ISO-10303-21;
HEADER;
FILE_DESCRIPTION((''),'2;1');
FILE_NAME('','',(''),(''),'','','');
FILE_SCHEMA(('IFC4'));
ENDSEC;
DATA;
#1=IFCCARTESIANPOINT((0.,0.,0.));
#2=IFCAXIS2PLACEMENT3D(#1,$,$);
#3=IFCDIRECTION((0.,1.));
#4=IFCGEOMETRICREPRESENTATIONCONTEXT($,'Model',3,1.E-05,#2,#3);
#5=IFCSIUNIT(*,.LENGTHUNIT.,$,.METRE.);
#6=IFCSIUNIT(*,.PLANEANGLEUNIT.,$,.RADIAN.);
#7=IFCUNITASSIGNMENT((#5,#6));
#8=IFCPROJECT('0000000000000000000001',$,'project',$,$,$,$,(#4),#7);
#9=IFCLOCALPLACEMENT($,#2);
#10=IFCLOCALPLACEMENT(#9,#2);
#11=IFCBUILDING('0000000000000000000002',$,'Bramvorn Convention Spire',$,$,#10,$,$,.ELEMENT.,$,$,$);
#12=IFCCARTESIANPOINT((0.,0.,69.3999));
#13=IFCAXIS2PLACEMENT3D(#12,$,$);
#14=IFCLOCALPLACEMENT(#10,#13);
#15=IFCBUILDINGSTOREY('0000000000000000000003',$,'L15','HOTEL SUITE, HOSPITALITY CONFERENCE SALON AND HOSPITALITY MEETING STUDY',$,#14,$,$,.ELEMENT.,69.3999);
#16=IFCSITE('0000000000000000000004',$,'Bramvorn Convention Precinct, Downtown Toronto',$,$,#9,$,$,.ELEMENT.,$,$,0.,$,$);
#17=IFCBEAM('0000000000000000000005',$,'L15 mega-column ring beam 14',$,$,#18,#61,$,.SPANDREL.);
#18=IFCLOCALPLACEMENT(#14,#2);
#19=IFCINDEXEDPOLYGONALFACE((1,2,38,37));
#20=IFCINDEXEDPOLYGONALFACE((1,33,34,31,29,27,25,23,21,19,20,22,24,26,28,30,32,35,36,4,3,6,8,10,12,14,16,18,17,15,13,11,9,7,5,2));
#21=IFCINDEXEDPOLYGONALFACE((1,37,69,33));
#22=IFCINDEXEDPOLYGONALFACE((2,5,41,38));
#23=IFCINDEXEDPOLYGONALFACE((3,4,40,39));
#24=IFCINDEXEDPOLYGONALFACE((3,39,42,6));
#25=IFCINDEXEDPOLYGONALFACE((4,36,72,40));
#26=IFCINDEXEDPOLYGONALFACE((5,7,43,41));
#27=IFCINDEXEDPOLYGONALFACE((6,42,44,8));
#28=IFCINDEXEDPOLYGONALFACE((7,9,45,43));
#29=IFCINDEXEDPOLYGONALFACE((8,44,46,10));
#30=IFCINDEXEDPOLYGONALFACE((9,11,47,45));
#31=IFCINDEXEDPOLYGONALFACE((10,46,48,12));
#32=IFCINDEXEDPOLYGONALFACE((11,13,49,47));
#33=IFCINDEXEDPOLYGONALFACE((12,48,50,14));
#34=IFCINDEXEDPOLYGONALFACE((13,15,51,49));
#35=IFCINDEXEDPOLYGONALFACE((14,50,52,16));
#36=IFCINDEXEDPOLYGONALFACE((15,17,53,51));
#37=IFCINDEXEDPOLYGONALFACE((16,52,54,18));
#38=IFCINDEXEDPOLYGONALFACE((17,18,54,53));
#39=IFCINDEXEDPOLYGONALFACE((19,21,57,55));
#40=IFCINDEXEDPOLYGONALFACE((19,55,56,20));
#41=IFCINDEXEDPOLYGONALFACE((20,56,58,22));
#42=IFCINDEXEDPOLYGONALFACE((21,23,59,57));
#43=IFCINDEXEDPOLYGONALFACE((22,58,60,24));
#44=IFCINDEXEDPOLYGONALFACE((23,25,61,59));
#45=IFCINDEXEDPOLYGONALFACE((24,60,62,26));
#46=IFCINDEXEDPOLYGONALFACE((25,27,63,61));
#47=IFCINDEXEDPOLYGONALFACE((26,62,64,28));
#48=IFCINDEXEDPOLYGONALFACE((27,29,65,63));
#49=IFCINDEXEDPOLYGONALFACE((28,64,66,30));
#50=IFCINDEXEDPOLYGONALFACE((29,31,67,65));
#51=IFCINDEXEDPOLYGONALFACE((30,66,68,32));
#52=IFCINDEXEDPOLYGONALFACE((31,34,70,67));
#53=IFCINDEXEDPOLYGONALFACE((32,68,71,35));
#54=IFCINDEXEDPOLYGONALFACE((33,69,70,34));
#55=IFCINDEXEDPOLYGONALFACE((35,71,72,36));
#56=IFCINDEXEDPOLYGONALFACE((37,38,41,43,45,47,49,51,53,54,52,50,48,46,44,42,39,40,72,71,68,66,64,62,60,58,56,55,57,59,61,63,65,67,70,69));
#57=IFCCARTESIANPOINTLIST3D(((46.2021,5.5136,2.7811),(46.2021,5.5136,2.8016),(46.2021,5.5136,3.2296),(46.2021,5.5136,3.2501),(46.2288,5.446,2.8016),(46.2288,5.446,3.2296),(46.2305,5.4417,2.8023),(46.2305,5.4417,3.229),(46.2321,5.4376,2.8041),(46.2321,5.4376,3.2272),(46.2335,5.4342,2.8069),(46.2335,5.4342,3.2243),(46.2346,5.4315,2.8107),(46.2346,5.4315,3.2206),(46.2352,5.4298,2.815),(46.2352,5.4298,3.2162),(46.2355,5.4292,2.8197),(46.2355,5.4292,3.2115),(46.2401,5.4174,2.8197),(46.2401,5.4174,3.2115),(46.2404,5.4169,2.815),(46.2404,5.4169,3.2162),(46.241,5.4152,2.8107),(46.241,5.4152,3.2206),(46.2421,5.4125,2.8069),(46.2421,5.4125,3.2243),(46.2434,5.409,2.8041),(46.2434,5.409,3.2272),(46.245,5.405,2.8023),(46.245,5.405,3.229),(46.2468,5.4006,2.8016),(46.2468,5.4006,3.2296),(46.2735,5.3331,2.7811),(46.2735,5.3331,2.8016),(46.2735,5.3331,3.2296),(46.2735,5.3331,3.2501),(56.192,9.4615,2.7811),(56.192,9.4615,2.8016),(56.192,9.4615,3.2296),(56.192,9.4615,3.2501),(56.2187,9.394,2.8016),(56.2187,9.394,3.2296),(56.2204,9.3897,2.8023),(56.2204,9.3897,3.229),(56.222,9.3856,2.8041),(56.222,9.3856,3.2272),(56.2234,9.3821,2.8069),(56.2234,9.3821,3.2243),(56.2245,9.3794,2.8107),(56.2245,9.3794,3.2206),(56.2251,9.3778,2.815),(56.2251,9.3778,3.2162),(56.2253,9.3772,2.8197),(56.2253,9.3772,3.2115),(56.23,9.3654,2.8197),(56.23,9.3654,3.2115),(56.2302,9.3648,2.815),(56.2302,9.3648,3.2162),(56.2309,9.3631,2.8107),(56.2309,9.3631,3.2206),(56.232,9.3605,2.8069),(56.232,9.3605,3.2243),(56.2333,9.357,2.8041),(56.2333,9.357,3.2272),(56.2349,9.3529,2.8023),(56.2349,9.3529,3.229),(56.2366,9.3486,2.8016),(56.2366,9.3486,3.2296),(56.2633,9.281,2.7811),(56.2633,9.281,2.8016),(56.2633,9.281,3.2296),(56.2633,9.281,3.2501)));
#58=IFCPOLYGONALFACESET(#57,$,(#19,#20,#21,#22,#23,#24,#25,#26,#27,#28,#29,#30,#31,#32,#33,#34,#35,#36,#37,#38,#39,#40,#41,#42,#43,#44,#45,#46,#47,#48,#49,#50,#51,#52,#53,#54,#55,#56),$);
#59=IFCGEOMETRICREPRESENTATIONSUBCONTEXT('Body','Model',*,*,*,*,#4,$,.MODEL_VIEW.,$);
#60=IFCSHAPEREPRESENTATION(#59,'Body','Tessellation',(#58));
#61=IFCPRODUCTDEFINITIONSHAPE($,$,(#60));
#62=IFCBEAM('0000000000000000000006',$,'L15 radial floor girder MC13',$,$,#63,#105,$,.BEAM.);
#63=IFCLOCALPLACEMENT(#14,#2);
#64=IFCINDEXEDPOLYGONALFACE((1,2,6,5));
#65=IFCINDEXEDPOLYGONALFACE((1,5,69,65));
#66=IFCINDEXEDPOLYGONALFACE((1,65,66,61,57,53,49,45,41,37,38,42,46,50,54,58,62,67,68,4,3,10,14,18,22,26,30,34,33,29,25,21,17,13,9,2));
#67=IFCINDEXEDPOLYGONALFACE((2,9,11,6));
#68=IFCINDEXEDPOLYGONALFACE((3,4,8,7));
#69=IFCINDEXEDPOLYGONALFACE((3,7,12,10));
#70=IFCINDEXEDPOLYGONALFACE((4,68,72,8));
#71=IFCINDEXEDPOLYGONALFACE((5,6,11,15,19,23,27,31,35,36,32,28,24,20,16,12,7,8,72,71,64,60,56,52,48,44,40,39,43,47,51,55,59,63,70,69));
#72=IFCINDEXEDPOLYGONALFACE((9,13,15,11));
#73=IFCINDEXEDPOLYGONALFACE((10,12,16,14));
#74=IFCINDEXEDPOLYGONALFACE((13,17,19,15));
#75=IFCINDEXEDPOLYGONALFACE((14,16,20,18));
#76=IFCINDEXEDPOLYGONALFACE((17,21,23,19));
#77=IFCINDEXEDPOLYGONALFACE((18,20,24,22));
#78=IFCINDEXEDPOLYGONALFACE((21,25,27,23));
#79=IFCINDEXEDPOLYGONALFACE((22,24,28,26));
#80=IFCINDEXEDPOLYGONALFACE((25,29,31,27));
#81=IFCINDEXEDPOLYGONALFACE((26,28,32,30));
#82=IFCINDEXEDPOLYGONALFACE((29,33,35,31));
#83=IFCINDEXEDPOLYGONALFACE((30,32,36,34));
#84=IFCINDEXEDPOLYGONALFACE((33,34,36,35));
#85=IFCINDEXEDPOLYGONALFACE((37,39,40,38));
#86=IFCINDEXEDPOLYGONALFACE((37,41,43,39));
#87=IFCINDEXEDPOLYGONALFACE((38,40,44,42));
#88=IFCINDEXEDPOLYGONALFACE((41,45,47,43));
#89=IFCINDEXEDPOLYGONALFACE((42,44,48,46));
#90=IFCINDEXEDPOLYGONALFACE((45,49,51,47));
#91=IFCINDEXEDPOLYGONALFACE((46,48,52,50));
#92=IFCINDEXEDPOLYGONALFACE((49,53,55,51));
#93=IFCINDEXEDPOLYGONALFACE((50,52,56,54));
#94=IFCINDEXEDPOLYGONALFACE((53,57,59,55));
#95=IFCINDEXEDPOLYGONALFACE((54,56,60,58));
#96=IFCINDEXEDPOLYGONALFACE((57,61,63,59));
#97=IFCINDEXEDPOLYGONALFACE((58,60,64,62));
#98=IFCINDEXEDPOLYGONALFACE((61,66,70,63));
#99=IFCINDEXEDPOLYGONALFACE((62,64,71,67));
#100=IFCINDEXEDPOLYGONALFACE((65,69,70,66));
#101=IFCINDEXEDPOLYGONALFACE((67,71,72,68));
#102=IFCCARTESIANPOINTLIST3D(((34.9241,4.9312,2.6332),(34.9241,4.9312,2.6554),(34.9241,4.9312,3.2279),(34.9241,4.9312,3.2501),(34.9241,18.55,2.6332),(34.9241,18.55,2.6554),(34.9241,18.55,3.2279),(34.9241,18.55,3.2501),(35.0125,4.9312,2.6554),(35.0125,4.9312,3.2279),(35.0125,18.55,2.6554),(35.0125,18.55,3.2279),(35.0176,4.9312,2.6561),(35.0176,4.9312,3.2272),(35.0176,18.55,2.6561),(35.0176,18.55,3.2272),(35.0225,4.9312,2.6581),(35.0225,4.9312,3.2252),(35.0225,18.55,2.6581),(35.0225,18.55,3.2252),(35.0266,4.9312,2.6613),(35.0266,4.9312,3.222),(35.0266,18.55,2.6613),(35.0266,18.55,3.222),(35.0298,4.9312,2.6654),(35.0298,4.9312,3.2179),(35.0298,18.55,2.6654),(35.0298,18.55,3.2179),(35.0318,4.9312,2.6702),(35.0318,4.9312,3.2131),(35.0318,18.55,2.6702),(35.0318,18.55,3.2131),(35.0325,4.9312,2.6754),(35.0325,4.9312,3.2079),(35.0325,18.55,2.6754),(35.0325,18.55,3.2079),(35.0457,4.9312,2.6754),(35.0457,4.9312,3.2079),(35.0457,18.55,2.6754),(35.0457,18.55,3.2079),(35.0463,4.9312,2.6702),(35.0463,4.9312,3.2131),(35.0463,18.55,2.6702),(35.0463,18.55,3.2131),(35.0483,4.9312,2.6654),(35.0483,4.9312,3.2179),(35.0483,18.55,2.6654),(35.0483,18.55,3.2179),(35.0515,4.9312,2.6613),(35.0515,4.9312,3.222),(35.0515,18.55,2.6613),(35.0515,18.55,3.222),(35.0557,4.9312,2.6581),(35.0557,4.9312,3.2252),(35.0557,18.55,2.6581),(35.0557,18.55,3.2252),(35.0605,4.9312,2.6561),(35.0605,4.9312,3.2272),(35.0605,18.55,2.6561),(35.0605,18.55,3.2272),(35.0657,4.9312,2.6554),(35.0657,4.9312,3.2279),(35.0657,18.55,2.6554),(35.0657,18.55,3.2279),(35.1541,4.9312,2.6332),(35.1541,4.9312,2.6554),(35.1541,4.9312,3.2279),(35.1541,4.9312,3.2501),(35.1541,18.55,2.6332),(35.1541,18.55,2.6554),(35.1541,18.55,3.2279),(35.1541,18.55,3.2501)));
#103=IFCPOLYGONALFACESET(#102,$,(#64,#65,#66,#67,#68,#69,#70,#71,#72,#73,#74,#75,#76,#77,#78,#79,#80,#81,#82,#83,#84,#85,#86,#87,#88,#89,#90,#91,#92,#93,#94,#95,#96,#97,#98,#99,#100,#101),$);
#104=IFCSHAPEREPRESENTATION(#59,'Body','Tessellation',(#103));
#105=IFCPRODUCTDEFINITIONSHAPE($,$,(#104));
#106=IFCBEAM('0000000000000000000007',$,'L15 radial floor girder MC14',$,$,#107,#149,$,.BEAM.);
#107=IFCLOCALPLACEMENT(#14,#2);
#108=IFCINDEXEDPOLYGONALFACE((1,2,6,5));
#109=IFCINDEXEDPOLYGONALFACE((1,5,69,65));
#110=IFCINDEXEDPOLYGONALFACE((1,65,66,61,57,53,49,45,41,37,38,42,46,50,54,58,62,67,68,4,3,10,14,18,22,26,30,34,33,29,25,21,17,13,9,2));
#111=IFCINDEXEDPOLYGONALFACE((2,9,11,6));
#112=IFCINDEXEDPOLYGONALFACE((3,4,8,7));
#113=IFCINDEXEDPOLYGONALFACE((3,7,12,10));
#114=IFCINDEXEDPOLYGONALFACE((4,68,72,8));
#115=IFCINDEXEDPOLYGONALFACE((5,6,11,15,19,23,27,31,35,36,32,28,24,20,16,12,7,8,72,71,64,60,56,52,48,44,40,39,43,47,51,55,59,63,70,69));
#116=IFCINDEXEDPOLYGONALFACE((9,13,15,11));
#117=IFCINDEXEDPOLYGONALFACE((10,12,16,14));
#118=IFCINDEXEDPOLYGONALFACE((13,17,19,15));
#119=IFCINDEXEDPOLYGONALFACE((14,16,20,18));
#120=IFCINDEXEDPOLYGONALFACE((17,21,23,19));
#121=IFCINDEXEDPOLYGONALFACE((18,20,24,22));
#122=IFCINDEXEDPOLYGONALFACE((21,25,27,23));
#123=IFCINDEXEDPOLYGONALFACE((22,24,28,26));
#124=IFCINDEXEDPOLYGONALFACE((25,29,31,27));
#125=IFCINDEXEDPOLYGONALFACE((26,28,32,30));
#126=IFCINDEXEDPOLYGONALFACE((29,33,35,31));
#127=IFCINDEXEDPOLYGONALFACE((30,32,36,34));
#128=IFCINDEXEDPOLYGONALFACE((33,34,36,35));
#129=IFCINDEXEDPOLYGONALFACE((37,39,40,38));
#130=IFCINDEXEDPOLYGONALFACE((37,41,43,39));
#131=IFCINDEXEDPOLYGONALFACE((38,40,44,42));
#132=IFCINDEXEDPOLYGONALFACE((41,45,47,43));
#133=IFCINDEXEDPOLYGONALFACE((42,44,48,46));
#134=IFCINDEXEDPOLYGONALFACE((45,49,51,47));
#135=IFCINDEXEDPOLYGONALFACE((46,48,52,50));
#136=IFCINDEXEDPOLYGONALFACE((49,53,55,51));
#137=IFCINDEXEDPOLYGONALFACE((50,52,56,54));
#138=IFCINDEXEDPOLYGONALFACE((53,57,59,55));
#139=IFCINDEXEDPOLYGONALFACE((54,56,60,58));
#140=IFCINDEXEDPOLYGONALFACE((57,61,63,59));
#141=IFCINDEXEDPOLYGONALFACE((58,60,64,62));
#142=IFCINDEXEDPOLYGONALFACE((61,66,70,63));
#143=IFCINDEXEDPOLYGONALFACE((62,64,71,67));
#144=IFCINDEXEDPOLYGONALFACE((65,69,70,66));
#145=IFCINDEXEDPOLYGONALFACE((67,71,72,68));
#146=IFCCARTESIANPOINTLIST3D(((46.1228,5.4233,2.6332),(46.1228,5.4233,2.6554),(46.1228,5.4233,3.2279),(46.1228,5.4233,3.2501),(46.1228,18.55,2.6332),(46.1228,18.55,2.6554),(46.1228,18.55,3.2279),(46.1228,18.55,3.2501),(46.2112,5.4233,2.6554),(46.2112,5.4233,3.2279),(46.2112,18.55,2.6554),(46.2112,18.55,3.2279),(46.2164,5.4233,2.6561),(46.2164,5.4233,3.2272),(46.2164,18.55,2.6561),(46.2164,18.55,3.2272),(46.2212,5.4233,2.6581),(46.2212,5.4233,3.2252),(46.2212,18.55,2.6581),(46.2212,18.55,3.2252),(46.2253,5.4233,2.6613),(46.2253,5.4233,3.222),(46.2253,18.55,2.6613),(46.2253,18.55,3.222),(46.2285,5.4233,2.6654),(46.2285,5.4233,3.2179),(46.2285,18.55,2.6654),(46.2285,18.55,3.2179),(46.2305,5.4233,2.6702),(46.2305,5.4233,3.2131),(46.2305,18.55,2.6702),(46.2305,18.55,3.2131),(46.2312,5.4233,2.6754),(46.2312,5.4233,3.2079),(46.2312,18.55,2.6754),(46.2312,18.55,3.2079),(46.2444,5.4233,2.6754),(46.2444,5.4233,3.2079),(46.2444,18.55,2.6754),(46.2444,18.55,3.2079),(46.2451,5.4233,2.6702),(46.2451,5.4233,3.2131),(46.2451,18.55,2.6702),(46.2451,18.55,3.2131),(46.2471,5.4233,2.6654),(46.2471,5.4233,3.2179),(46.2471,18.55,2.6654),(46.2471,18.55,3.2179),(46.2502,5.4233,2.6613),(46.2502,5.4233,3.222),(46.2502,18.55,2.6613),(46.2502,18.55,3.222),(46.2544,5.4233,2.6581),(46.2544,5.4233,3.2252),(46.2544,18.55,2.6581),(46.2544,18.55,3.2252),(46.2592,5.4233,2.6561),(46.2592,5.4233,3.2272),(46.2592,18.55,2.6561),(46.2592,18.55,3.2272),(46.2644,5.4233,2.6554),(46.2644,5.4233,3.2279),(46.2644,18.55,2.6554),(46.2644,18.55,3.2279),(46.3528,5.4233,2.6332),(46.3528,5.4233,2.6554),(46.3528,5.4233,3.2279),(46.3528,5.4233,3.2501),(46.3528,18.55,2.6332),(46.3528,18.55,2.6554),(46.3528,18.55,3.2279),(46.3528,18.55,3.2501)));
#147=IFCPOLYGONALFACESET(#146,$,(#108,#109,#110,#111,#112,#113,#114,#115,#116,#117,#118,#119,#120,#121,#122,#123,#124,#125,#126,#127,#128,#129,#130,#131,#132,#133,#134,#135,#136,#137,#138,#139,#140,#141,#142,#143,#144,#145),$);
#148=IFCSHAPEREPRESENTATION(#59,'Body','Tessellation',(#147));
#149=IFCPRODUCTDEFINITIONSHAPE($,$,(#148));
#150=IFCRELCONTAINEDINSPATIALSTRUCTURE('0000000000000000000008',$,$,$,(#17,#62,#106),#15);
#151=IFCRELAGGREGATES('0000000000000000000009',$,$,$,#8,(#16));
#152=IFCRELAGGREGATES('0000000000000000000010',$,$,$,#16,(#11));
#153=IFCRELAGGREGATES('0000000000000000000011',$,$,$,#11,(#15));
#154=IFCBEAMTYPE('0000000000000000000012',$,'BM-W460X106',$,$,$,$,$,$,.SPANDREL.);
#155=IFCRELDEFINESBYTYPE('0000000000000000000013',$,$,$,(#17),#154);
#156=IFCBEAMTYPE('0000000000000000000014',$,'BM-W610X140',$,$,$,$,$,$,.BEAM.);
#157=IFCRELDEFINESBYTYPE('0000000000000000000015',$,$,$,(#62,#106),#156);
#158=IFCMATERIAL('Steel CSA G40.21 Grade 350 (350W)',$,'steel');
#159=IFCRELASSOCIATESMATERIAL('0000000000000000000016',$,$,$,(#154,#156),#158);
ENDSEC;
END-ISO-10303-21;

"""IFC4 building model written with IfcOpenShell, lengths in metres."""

from ifc_helpers import new_model, si_unit, direction, frame, origin, origin_2d, place, context, subcontext, project, spatial, i_section, extrude, material, material_profile, profile_set, type_object, element, save


model = new_model("IFC4")

# Units and contexts
model_context = context("Model", 3, precision=1e-05, world=origin(), true_north=direction((0.0, 1.0)))
body_context = subcontext(model_context, "Body", "Model", "MODEL_VIEW")
ifc_project = project(units=[si_unit("LENGTHUNIT", "METRE"), si_unit("PLANEANGLEUNIT", "RADIAN")], contexts=[model_context])

# Site, building, storey
site_placement = place(None, origin())
site = spatial("IfcSite", under=ifc_project, at=site_placement, Name="Bramvorn Convention Precinct, Downtown Toronto", CompositionType="ELEMENT", RefElevation=0.0)
building_placement = place(site_placement, origin())
building = spatial("IfcBuilding", under=site, at=building_placement, Name="Bramvorn Convention Spire", CompositionType="ELEMENT")
storey_placement = place(building_placement, frame((0.0, 0.0, 69.3999)))
storey = spatial("IfcBuildingStorey", under=building, at=storey_placement, Name="L15", Description="HOTEL SUITE, HOSPITALITY CONFERENCE SALON AND HOSPITALITY MEETING STUDY", CompositionType="ELEMENT", Elevation=69.3999)

# Shared definitions
ifc_material_1 = material(Name="Steel CSA G40.21 Grade 350 (350W)", Category="steel")

# Beams
ifc_material_profile_1 = material_profile(ifc_material_1, i_section(OverallWidth=0.1941, OverallDepth=0.469, WebThickness=0.0127, FlangeThickness=0.0205, FilletRadius=0.0181, at=origin_2d()))
ifc_profile_set_1 = profile_set([ifc_material_profile_1], Name="Steel CSA G40.21 Grade 350 (350W) - W460X106")
beam_type_1 = type_object("IfcBeamType", Name="BM-W460X106", PredefinedType="SPANDREL", material=ifc_profile_set_1)
beam_1_placement = place(storey_placement, frame((46.2378, 5.4233, 3.0156), z_axis=(0.93001, 0.367535, 0.0), x_axis=(-0.367535, 0.93001, 0.0)))
element("IfcBeam", 1, at=beam_1_placement, inside=storey, type_object=beam_type_1, Name="L15 mega-column ring beam 14", PredefinedType="SPANDREL", context=body_context, shape_type="SweptSolid", body=[
    extrude(i_section(OverallWidth=0.1941, OverallDepth=0.469, WebThickness=0.0127, FlangeThickness=0.0205, FilletRadius=0.0181, at=origin_2d()), origin(), (0.0, 0.0, 1.0), 10.7417),
])
ifc_material_profile_2 = material_profile(ifc_material_1, i_section(OverallWidth=0.23, OverallDepth=0.6169, WebThickness=0.0132, FlangeThickness=0.0222, FilletRadius=0.02, at=origin_2d()))
ifc_profile_set_2 = profile_set([ifc_material_profile_2], Name="Steel CSA G40.21 Grade 350 (350W) - W610X140")
beam_type_2 = type_object("IfcBeamType", Name="BM-W610X140", PredefinedType="BEAM", material=ifc_profile_set_2)
beam_2_placement = place(storey_placement, frame((35.0391, 18.55, 2.9417), z_axis=(0.0, -1.0, 0.0), x_axis=(1.0, 0.0, 0.0)))
element("IfcBeam", 2, at=beam_2_placement, inside=storey, type_object=beam_type_2, Name="L15 radial floor girder MC13", PredefinedType="BEAM", context=body_context, shape_type="SweptSolid", body=[
    extrude(i_section(OverallWidth=0.23, OverallDepth=0.6169, WebThickness=0.0132, FlangeThickness=0.0222, FilletRadius=0.02, at=origin_2d()), origin(), (0.0, 0.0, 1.0), 13.6189),
])
beam_3_placement = place(storey_placement, frame((46.2378, 18.55, 2.9417), z_axis=(0.0, -1.0, 0.0), x_axis=(1.0, 0.0, 0.0)))
element("IfcBeam", 3, at=beam_3_placement, inside=storey, type_object=beam_type_2, Name="L15 radial floor girder MC14", PredefinedType="BEAM", context=body_context, shape_type="SweptSolid", body=[
    extrude(i_section(OverallWidth=0.23, OverallDepth=0.6169, WebThickness=0.0132, FlangeThickness=0.0222, FilletRadius=0.02, at=origin_2d()), origin(), (0.0, 0.0, 1.0), 13.1267),
])

save(model, "model.ifc")
